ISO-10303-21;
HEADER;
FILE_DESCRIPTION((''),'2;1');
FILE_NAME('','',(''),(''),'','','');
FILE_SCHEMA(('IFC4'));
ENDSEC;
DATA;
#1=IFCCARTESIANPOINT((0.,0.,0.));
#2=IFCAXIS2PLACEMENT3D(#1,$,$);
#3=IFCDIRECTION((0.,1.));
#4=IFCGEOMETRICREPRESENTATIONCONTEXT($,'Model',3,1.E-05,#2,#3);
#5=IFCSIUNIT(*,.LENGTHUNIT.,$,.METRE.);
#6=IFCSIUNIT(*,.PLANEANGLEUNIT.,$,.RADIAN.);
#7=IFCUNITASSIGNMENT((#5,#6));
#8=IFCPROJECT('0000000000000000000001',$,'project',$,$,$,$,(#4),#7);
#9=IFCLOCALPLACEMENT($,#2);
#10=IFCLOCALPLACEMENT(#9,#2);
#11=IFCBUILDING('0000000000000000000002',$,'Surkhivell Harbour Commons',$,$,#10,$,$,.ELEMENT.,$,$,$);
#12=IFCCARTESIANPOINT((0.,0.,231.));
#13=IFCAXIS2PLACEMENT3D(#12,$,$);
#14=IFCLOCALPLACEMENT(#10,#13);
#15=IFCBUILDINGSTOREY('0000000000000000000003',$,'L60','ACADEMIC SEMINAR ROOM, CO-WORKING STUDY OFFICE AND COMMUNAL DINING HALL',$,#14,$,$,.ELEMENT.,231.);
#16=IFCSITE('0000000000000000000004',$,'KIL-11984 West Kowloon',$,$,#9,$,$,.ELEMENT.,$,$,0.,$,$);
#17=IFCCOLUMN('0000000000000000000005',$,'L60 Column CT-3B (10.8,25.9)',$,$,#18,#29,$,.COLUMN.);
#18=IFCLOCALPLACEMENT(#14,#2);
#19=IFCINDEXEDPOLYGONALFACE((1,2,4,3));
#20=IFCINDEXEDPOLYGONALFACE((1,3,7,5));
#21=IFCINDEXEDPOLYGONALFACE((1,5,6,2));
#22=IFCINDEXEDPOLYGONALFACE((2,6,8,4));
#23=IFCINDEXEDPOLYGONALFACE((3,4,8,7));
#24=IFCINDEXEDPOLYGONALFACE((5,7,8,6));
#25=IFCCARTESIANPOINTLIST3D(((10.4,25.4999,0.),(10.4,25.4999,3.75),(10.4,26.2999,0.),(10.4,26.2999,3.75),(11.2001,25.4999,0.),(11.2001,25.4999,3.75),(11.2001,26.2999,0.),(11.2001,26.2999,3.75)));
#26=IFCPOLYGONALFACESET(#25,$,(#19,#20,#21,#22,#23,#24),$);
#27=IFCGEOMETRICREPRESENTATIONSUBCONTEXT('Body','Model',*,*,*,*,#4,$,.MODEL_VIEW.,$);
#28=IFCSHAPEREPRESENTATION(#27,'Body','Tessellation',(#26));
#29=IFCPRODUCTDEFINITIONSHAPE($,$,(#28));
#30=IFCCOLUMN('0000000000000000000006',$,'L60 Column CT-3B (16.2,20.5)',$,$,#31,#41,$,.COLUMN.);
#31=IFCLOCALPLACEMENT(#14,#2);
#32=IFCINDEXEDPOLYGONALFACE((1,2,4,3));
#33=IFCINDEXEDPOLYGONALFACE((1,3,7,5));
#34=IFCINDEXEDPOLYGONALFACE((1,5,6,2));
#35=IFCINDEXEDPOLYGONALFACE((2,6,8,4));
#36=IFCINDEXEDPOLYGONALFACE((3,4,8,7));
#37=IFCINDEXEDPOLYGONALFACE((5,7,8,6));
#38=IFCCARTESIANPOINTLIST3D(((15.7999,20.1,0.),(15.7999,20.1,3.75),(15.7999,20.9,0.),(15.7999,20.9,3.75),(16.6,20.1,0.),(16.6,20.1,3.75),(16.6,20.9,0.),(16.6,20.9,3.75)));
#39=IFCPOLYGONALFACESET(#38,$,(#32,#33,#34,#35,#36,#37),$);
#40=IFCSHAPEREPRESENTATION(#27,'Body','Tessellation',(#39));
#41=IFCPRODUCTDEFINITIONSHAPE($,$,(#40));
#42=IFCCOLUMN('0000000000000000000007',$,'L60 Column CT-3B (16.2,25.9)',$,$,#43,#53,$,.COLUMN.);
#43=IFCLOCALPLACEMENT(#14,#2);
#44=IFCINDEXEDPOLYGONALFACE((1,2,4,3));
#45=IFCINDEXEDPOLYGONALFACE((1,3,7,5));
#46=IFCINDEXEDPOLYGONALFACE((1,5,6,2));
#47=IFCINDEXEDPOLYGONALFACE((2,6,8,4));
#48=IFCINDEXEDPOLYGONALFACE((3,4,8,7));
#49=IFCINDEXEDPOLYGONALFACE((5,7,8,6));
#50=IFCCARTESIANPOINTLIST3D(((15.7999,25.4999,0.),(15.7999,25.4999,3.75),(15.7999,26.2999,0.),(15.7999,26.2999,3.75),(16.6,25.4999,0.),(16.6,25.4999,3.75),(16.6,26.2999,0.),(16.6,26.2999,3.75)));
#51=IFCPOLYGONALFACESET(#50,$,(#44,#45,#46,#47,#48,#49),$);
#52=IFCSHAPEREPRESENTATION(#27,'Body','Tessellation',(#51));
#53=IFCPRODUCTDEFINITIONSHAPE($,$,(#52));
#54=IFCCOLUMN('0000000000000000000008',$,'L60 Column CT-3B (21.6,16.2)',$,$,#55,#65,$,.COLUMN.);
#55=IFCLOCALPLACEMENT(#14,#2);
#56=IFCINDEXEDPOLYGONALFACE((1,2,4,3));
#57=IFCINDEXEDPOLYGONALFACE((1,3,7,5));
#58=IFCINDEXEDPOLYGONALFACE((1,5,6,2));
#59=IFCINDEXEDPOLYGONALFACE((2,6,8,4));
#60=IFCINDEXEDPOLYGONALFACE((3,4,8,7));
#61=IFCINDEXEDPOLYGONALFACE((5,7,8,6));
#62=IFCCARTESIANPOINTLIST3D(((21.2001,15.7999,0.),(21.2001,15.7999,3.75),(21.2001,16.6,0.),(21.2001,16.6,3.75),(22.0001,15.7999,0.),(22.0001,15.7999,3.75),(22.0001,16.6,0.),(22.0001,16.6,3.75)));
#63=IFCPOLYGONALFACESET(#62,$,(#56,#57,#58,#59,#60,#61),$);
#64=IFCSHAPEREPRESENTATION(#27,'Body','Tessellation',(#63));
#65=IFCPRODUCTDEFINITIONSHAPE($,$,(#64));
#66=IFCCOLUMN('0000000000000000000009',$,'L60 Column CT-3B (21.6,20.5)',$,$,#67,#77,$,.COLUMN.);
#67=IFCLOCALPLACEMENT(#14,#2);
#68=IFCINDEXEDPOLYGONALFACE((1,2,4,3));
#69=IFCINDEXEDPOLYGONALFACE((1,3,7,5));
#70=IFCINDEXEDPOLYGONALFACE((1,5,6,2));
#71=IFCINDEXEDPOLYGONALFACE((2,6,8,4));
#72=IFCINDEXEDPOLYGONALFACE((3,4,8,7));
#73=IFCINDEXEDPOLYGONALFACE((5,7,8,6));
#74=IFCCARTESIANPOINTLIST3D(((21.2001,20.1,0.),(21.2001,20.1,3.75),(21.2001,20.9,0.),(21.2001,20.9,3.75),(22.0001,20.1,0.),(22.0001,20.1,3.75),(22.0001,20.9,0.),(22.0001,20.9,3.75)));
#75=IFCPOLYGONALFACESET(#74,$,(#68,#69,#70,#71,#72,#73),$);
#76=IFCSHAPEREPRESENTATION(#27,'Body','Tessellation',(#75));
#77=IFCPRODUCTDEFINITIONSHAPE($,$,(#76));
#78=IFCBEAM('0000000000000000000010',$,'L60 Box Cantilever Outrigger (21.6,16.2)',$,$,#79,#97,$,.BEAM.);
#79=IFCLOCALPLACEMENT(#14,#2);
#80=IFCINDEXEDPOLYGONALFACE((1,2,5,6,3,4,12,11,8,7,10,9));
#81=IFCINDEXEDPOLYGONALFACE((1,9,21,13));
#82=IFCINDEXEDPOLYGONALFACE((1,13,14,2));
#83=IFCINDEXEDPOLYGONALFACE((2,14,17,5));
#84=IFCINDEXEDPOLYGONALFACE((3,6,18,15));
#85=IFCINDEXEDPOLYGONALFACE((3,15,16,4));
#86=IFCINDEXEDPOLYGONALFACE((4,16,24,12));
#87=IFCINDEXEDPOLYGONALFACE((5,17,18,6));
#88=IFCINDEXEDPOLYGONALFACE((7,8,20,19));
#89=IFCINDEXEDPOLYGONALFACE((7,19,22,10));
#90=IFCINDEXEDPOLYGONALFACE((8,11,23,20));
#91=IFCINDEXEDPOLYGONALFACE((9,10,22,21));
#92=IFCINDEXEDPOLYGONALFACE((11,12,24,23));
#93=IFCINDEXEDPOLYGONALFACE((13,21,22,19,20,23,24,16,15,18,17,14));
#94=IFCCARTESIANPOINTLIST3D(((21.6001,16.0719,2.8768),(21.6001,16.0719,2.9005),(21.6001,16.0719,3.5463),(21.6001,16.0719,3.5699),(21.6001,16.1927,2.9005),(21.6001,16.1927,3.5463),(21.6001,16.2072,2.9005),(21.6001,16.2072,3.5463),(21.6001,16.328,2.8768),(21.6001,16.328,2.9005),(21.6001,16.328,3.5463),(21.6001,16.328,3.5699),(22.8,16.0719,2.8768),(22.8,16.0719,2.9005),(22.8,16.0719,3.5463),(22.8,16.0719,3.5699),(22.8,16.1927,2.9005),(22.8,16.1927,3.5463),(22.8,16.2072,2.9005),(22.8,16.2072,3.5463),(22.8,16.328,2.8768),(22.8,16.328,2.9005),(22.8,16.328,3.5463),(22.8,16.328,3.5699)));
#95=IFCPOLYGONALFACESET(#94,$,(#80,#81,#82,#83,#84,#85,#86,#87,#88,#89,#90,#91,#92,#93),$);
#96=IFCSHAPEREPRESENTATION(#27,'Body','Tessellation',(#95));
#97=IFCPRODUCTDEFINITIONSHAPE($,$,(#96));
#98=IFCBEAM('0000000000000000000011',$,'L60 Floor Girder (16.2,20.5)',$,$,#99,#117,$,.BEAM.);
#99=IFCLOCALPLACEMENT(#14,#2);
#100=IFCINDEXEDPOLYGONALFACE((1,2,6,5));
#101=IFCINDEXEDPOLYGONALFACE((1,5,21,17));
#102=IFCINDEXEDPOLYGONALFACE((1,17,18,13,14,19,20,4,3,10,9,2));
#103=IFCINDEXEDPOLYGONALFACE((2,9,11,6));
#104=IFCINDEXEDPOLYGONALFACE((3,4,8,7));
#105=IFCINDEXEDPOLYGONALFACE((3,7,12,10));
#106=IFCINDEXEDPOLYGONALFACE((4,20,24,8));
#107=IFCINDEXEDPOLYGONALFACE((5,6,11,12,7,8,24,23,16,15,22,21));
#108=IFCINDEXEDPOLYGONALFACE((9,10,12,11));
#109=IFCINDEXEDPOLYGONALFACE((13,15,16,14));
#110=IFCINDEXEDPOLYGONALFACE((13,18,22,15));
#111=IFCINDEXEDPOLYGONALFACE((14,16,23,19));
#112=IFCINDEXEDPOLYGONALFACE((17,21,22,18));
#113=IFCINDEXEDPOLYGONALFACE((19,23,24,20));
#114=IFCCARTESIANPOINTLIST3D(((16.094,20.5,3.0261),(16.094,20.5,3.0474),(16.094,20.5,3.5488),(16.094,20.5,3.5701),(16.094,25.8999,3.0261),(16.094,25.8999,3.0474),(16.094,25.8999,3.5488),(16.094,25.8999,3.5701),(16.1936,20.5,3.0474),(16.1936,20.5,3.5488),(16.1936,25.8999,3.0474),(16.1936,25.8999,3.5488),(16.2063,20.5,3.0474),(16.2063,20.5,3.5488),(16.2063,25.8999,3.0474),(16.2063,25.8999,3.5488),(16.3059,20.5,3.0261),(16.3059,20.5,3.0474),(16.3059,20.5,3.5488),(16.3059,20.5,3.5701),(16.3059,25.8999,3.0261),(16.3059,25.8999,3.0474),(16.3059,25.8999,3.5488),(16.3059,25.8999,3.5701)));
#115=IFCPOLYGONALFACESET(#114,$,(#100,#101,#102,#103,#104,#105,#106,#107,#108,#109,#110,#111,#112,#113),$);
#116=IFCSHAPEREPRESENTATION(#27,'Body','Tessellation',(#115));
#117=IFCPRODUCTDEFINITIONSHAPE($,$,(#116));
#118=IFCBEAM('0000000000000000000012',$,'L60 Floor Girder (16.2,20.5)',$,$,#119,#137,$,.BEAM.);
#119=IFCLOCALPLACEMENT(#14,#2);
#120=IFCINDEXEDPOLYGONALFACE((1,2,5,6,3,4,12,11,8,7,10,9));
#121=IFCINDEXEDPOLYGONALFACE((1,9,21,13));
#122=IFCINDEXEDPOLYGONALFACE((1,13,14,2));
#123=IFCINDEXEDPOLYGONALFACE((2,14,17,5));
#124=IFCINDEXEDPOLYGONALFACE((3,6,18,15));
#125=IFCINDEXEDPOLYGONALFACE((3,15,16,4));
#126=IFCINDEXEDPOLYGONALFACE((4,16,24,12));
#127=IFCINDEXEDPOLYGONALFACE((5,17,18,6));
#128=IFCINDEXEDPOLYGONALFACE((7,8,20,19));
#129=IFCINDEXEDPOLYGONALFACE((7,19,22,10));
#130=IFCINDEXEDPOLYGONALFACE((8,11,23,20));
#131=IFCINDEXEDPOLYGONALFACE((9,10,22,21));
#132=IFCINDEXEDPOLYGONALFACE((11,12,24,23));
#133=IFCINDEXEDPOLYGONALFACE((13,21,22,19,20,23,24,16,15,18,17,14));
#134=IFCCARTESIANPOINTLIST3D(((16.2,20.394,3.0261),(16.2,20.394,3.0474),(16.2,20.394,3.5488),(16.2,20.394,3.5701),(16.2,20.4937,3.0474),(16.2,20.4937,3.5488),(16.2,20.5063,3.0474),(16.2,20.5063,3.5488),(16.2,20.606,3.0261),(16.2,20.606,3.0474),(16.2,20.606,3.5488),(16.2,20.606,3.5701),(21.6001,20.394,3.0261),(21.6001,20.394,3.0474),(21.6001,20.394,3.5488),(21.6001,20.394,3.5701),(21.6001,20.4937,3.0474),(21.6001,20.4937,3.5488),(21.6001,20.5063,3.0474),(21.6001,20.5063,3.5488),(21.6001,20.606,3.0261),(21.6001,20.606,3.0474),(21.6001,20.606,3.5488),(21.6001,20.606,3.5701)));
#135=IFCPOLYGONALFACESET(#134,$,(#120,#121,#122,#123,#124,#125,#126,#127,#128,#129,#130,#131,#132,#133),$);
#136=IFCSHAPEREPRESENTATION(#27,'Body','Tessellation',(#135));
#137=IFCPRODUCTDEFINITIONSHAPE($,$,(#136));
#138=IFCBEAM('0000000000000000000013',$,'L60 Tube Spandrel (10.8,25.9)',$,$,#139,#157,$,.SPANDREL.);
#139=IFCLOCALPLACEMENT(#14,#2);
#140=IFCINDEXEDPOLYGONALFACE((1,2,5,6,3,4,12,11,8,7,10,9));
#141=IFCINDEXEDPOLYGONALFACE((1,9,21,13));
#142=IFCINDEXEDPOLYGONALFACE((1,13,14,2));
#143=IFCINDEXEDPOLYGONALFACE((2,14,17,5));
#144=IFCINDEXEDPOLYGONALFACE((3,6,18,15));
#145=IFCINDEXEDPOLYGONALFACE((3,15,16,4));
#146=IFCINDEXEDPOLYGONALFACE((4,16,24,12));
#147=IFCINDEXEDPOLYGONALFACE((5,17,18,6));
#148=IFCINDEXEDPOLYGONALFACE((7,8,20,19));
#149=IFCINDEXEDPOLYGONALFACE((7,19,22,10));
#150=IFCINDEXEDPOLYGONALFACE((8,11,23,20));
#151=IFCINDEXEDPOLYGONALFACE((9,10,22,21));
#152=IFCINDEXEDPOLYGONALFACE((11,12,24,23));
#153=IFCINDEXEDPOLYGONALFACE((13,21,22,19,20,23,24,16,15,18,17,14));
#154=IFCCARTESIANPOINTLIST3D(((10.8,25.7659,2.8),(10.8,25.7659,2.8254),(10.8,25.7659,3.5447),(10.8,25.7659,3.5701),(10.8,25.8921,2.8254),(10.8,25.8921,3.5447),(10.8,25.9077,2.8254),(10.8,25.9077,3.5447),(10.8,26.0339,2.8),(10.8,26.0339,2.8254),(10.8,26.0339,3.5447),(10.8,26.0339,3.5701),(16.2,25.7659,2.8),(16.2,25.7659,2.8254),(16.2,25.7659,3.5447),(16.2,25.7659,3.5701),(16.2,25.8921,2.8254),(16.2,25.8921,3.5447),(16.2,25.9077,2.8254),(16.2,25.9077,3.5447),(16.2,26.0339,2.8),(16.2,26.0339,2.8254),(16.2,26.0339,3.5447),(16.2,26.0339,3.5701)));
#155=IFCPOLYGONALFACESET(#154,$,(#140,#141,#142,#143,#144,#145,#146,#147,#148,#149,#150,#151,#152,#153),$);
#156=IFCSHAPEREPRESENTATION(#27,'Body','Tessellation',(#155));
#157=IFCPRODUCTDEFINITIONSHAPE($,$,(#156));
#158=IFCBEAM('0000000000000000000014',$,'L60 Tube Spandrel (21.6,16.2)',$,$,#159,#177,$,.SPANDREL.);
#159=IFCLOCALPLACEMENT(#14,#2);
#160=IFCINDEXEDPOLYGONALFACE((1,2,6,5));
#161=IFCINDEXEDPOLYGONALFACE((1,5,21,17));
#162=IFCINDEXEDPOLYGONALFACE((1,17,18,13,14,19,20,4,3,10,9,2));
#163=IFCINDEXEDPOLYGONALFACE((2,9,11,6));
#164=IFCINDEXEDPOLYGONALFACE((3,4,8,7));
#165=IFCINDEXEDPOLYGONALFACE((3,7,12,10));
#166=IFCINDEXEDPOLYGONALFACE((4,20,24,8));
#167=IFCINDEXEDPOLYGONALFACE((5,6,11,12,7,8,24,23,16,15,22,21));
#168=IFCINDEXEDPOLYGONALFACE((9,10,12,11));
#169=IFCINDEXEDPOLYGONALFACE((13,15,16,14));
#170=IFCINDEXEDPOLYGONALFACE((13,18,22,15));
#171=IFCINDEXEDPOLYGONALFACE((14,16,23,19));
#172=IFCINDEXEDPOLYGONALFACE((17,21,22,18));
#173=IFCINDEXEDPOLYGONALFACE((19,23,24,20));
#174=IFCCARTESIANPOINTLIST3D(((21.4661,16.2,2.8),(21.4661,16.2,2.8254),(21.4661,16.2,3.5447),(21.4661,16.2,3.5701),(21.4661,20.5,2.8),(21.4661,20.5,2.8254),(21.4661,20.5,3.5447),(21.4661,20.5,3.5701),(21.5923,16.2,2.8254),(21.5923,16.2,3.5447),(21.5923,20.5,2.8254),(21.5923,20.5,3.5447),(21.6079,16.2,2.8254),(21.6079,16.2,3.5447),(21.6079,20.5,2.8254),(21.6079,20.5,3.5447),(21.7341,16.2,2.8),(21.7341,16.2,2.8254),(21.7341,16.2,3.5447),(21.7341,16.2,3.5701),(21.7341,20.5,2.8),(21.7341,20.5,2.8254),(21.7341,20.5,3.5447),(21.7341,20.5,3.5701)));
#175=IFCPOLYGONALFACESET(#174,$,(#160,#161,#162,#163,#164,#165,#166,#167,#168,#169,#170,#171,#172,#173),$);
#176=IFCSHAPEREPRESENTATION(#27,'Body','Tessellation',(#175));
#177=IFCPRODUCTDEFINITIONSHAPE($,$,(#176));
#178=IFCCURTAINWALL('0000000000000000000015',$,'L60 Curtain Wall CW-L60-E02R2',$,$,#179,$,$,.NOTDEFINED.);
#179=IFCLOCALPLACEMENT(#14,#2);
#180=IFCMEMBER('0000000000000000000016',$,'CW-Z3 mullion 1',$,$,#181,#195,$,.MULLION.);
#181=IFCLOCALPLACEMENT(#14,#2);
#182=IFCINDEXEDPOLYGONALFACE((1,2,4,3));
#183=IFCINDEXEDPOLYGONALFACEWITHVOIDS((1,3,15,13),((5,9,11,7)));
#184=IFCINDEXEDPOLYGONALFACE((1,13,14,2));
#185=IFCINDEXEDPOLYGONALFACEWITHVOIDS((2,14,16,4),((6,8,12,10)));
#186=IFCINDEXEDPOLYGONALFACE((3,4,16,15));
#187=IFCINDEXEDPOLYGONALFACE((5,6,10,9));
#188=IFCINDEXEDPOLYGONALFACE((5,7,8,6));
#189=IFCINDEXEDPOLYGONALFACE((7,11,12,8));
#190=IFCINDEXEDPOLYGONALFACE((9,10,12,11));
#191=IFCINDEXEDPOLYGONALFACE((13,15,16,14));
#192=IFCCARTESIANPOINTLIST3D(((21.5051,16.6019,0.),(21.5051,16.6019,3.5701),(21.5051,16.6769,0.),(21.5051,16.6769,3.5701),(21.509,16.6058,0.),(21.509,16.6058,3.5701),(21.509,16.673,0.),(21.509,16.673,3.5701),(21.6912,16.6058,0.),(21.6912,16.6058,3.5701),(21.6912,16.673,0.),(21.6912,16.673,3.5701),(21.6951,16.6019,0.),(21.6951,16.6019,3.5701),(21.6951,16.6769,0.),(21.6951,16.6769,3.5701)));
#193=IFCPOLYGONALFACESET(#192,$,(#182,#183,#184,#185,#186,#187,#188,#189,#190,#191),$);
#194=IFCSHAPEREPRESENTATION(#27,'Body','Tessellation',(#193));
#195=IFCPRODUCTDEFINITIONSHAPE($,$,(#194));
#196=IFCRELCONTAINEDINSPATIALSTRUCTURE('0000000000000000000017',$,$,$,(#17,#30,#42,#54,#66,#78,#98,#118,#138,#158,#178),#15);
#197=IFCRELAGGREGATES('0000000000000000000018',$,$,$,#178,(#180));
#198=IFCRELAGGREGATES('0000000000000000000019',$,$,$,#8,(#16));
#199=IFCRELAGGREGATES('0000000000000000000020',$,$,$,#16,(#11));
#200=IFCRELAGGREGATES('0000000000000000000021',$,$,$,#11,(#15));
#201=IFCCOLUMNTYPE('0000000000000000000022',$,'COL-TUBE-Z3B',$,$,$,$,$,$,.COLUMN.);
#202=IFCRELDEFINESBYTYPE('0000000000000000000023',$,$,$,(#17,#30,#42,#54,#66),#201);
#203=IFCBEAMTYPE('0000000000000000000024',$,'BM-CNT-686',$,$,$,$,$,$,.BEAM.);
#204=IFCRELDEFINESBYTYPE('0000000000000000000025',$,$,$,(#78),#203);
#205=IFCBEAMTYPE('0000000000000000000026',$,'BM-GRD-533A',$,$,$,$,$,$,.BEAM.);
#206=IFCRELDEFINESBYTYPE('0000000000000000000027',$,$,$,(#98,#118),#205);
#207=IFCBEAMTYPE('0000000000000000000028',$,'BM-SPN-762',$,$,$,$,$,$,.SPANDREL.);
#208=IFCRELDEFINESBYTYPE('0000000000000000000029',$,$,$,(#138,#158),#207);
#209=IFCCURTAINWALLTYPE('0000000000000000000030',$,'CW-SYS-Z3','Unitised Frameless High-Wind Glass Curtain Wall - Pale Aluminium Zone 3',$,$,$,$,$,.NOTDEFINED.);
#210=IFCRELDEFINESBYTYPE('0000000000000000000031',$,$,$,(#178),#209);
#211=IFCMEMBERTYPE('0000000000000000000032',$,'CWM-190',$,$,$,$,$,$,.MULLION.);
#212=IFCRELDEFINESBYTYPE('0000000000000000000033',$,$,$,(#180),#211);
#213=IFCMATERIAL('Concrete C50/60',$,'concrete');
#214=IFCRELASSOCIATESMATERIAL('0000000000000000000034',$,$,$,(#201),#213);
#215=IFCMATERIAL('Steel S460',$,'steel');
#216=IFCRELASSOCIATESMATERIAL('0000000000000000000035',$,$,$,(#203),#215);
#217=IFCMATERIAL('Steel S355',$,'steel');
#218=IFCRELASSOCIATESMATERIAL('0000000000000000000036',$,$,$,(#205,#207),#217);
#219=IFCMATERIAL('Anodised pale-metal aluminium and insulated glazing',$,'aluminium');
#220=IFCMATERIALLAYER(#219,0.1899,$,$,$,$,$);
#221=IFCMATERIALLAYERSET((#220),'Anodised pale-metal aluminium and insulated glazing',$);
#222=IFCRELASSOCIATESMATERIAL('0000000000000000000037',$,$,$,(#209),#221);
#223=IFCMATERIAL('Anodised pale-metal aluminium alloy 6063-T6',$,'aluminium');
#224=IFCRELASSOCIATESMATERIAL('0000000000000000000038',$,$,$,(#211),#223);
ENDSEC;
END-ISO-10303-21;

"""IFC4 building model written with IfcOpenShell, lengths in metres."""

from ifc_helpers import new_model, si_unit, direction, frame, origin, origin_2d, place, context, subcontext, project, spatial, rectangle, hollow_rectangle, i_section, extrude, material, layer, layer_set, material_profile, profile_set, type_object, element, aggregate, save


model = new_model("IFC4")

# Units and contexts
model_context = context("Model", 3, precision=1e-05, world=origin(), true_north=direction((0.0, 1.0)))
body_context = subcontext(model_context, "Body", "Model", "MODEL_VIEW")
ifc_project = project(units=[si_unit("LENGTHUNIT", "METRE"), si_unit("PLANEANGLEUNIT", "RADIAN")], contexts=[model_context])

# Site, building, storey
site_placement = place(None, origin())
site = spatial("IfcSite", under=ifc_project, at=site_placement, Name="KIL-11984 West Kowloon", CompositionType="ELEMENT", RefElevation=0.0)
building_placement = place(site_placement, origin())
building = spatial("IfcBuilding", under=site, at=building_placement, Name="Surkhivell Harbour Commons", CompositionType="ELEMENT")
storey_placement = place(building_placement, frame((0.0, 0.0, 231.0)))
storey = spatial("IfcBuildingStorey", under=building, at=storey_placement, Name="L60", Description="ACADEMIC SEMINAR ROOM, CO-WORKING STUDY OFFICE AND COMMUNAL DINING HALL", CompositionType="ELEMENT", Elevation=231.0)

# Columns
ifc_material_1 = material(Name="Concrete C50/60", Category="concrete")
ifc_material_profile_1 = material_profile(ifc_material_1, rectangle(XDim=0.8, YDim=0.8, at=origin_2d()), Name="RC-COL-800x800")
ifc_profile_set_1 = profile_set([ifc_material_profile_1], Name="Concrete C50/60")
column_type = type_object("IfcColumnType", Name="COL-TUBE-Z3B", PredefinedType="COLUMN", material=ifc_profile_set_1)
for number, where, z_axis, x_axis, name in (
    (1, (10.8, 25.8999, 0.0), (0.0, 0.0, 1.0), (1.0, 0.0, 0.0), "L60 Column CT-3B (10.8,25.9)"),
    (2, (16.2, 20.5, 0.0), (0.0, 0.0, 1.0), (1.0, 0.0, 0.0), "L60 Column CT-3B (16.2,20.5)"),
    (3, (16.2, 25.8999, 0.0), (0.0, 0.0, 1.0), (1.0, 0.0, 0.0), "L60 Column CT-3B (16.2,25.9)"),
    (4, (21.6001, 16.2, 0.0), (0.0, 0.0, 1.0), (1.0, 0.0, 0.0), "L60 Column CT-3B (21.6,16.2)"),
    (5, (21.6001, 20.5, 0.0), (0.0, 0.0, 1.0), (1.0, 0.0, 0.0), "L60 Column CT-3B (21.6,20.5)"),
):
    element("IfcColumn", number, at=place(storey_placement, frame(where, z_axis=z_axis, x_axis=x_axis)), inside=storey, type_object=column_type, Name=name, PredefinedType="COLUMN", context=body_context, shape_type="SweptSolid", body=[
        extrude(rectangle(XDim=0.8, YDim=0.8, at=origin_2d()), origin(), (0.0, 0.0, 1.0), 3.75),
    ])

# Beams
ifc_material_2 = material(Name="Steel S460", Category="steel")
ifc_material_profile_2 = material_profile(ifc_material_2, i_section(OverallWidth=0.2561, OverallDepth=0.6931, WebThickness=0.0144, FlangeThickness=0.0237, at=origin_2d()), Name="UB686x254x170")
ifc_profile_set_2 = profile_set([ifc_material_profile_2], Name="Steel S460")
beam_type_1 = type_object("IfcBeamType", Name="BM-CNT-686", PredefinedType="BEAM", material=ifc_profile_set_2)
beam_1_placement = place(storey_placement, frame((21.6001, 16.2, 3.2234), z_axis=(1.0, 0.0, 0.0), x_axis=(0.0, 1.0, 0.0)))
element("IfcBeam", 6, at=beam_1_placement, inside=storey, type_object=beam_type_1, Name="L60 Box Cantilever Outrigger (21.6,16.2)", PredefinedType="BEAM", context=body_context, shape_type="SweptSolid", body=[
    extrude(i_section(OverallWidth=0.2561, OverallDepth=0.6931, WebThickness=0.0144, FlangeThickness=0.0237, at=origin_2d()), origin(), (0.0, 0.0, 1.0), 1.2),
])
ifc_material_3 = material(Name="Steel S355", Category="steel")
ifc_material_profile_3 = material_profile(ifc_material_3, i_section(OverallWidth=0.2119, OverallDepth=0.5439, WebThickness=0.0127, FlangeThickness=0.0212, at=origin_2d()), Name="UB533x210x122")
ifc_profile_set_3 = profile_set([ifc_material_profile_3], Name="Steel S355")
beam_type_2 = type_object("IfcBeamType", Name="BM-GRD-533A", PredefinedType="BEAM", material=ifc_profile_set_3)
beam_2_placement = place(storey_placement, frame((16.2, 20.5, 3.2981), z_axis=(0.0, 1.0, 0.0), x_axis=(-1.0, 0.0, 0.0)))
element("IfcBeam", 7, at=beam_2_placement, inside=storey, type_object=beam_type_2, Name="L60 Floor Girder (16.2,20.5)", PredefinedType="BEAM", context=body_context, shape_type="SweptSolid", body=[
    extrude(i_section(OverallWidth=0.2119, OverallDepth=0.5439, WebThickness=0.0127, FlangeThickness=0.0212, at=origin_2d()), origin(), (0.0, 0.0, 1.0), 5.3999),
])
beam_3_placement = place(storey_placement, frame((16.2, 20.5, 3.2981), z_axis=(1.0, 0.0, 0.0), x_axis=(0.0, 1.0, 0.0)))
element("IfcBeam", 8, at=beam_3_placement, inside=storey, type_object=beam_type_2, Name="L60 Floor Girder (16.2,20.5)", PredefinedType="BEAM", context=body_context, shape_type="SweptSolid", body=[
    extrude(i_section(OverallWidth=0.2119, OverallDepth=0.5439, WebThickness=0.0127, FlangeThickness=0.0212, at=origin_2d()), origin(), (0.0, 0.0, 1.0), 5.4001),
])
ifc_material_profile_4 = material_profile(ifc_material_3, i_section(OverallWidth=0.2681, OverallDepth=0.77, WebThickness=0.0156, FlangeThickness=0.0254, at=origin_2d()), Name="UB762x267x197")
ifc_profile_set_4 = profile_set([ifc_material_profile_4], Name="Steel S355")
beam_type_3 = type_object("IfcBeamType", Name="BM-SPN-762", PredefinedType="SPANDREL", material=ifc_profile_set_4)
beam_4_placement = place(storey_placement, frame((10.8, 25.8999, 3.1851), z_axis=(1.0, 0.0, 0.0), x_axis=(0.0, 1.0, 0.0)))
element("IfcBeam", 9, at=beam_4_placement, inside=storey, type_object=beam_type_3, Name="L60 Tube Spandrel (10.8,25.9)", PredefinedType="SPANDREL", context=body_context, shape_type="SweptSolid", body=[
    extrude(i_section(OverallWidth=0.2681, OverallDepth=0.77, WebThickness=0.0156, FlangeThickness=0.0254, at=origin_2d()), origin(), (0.0, 0.0, 1.0), 5.3999),
])
beam_5_placement = place(storey_placement, frame((21.6001, 16.2, 3.1851), z_axis=(0.0, 1.0, 0.0), x_axis=(-1.0, 0.0, 0.0)))
element("IfcBeam", 10, at=beam_5_placement, inside=storey, type_object=beam_type_3, Name="L60 Tube Spandrel (21.6,16.2)", PredefinedType="SPANDREL", context=body_context, shape_type="SweptSolid", body=[
    extrude(i_section(OverallWidth=0.2681, OverallDepth=0.77, WebThickness=0.0156, FlangeThickness=0.0254, at=origin_2d()), origin(), (0.0, 0.0, 1.0), 4.3),
])

# Curtain wall, member
ifc_material_4 = material(Name="Anodised pale-metal aluminium and insulated glazing", Category="aluminium")
ifc_layer_1 = layer(ifc_material_4, 0.1899)
ifc_layer_set_1 = layer_set([ifc_layer_1], Name="Anodised pale-metal aluminium and insulated glazing")
curtain_wall_type = type_object("IfcCurtainWallType", Name="CW-SYS-Z3", Description="Unitised Frameless High-Wind Glass Curtain Wall - Pale Aluminium Zone 3", PredefinedType="NOTDEFINED", material=ifc_layer_set_1)
curtain_wall_1_placement = place(storey_placement, origin())
curtain_wall_1 = element("IfcCurtainWall", 11, at=curtain_wall_1_placement, inside=storey, type_object=curtain_wall_type, Name="L60 Curtain Wall CW-L60-E02R2", PredefinedType="NOTDEFINED")
ifc_material_5 = material(Name="Anodised pale-metal aluminium alloy 6063-T6", Category="aluminium")
ifc_material_profile_5 = material_profile(ifc_material_5, hollow_rectangle(XDim=0.075, YDim=0.1899, WallThickness=0.0039, at=origin_2d()), Name="ALU-MULL-75x190")
ifc_profile_set_5 = profile_set([ifc_material_profile_5], Name="Anodised pale-metal aluminium alloy 6063-T6")
member_type_1 = type_object("IfcMemberType", Name="CWM-190", PredefinedType="MULLION", material=ifc_profile_set_5)
member_1_placement = place(storey_placement, frame((21.6001, 16.6394, 0.0), z_axis=(0.0, 0.0, 1.0), x_axis=(0.0, 1.0, 0.0)))
member_1 = element("IfcMember", 12, at=member_1_placement, type_object=member_type_1, Name="CW-Z3 mullion 1", PredefinedType="MULLION", context=body_context, shape_type="SweptSolid", body=[
    extrude(hollow_rectangle(XDim=0.075, YDim=0.1899, WallThickness=0.0039, at=origin_2d()), origin(), (0.0, 0.0, 1.0), 3.5701),
])

aggregate(curtain_wall_1, [member_1])

save(model, "model.ifc")
